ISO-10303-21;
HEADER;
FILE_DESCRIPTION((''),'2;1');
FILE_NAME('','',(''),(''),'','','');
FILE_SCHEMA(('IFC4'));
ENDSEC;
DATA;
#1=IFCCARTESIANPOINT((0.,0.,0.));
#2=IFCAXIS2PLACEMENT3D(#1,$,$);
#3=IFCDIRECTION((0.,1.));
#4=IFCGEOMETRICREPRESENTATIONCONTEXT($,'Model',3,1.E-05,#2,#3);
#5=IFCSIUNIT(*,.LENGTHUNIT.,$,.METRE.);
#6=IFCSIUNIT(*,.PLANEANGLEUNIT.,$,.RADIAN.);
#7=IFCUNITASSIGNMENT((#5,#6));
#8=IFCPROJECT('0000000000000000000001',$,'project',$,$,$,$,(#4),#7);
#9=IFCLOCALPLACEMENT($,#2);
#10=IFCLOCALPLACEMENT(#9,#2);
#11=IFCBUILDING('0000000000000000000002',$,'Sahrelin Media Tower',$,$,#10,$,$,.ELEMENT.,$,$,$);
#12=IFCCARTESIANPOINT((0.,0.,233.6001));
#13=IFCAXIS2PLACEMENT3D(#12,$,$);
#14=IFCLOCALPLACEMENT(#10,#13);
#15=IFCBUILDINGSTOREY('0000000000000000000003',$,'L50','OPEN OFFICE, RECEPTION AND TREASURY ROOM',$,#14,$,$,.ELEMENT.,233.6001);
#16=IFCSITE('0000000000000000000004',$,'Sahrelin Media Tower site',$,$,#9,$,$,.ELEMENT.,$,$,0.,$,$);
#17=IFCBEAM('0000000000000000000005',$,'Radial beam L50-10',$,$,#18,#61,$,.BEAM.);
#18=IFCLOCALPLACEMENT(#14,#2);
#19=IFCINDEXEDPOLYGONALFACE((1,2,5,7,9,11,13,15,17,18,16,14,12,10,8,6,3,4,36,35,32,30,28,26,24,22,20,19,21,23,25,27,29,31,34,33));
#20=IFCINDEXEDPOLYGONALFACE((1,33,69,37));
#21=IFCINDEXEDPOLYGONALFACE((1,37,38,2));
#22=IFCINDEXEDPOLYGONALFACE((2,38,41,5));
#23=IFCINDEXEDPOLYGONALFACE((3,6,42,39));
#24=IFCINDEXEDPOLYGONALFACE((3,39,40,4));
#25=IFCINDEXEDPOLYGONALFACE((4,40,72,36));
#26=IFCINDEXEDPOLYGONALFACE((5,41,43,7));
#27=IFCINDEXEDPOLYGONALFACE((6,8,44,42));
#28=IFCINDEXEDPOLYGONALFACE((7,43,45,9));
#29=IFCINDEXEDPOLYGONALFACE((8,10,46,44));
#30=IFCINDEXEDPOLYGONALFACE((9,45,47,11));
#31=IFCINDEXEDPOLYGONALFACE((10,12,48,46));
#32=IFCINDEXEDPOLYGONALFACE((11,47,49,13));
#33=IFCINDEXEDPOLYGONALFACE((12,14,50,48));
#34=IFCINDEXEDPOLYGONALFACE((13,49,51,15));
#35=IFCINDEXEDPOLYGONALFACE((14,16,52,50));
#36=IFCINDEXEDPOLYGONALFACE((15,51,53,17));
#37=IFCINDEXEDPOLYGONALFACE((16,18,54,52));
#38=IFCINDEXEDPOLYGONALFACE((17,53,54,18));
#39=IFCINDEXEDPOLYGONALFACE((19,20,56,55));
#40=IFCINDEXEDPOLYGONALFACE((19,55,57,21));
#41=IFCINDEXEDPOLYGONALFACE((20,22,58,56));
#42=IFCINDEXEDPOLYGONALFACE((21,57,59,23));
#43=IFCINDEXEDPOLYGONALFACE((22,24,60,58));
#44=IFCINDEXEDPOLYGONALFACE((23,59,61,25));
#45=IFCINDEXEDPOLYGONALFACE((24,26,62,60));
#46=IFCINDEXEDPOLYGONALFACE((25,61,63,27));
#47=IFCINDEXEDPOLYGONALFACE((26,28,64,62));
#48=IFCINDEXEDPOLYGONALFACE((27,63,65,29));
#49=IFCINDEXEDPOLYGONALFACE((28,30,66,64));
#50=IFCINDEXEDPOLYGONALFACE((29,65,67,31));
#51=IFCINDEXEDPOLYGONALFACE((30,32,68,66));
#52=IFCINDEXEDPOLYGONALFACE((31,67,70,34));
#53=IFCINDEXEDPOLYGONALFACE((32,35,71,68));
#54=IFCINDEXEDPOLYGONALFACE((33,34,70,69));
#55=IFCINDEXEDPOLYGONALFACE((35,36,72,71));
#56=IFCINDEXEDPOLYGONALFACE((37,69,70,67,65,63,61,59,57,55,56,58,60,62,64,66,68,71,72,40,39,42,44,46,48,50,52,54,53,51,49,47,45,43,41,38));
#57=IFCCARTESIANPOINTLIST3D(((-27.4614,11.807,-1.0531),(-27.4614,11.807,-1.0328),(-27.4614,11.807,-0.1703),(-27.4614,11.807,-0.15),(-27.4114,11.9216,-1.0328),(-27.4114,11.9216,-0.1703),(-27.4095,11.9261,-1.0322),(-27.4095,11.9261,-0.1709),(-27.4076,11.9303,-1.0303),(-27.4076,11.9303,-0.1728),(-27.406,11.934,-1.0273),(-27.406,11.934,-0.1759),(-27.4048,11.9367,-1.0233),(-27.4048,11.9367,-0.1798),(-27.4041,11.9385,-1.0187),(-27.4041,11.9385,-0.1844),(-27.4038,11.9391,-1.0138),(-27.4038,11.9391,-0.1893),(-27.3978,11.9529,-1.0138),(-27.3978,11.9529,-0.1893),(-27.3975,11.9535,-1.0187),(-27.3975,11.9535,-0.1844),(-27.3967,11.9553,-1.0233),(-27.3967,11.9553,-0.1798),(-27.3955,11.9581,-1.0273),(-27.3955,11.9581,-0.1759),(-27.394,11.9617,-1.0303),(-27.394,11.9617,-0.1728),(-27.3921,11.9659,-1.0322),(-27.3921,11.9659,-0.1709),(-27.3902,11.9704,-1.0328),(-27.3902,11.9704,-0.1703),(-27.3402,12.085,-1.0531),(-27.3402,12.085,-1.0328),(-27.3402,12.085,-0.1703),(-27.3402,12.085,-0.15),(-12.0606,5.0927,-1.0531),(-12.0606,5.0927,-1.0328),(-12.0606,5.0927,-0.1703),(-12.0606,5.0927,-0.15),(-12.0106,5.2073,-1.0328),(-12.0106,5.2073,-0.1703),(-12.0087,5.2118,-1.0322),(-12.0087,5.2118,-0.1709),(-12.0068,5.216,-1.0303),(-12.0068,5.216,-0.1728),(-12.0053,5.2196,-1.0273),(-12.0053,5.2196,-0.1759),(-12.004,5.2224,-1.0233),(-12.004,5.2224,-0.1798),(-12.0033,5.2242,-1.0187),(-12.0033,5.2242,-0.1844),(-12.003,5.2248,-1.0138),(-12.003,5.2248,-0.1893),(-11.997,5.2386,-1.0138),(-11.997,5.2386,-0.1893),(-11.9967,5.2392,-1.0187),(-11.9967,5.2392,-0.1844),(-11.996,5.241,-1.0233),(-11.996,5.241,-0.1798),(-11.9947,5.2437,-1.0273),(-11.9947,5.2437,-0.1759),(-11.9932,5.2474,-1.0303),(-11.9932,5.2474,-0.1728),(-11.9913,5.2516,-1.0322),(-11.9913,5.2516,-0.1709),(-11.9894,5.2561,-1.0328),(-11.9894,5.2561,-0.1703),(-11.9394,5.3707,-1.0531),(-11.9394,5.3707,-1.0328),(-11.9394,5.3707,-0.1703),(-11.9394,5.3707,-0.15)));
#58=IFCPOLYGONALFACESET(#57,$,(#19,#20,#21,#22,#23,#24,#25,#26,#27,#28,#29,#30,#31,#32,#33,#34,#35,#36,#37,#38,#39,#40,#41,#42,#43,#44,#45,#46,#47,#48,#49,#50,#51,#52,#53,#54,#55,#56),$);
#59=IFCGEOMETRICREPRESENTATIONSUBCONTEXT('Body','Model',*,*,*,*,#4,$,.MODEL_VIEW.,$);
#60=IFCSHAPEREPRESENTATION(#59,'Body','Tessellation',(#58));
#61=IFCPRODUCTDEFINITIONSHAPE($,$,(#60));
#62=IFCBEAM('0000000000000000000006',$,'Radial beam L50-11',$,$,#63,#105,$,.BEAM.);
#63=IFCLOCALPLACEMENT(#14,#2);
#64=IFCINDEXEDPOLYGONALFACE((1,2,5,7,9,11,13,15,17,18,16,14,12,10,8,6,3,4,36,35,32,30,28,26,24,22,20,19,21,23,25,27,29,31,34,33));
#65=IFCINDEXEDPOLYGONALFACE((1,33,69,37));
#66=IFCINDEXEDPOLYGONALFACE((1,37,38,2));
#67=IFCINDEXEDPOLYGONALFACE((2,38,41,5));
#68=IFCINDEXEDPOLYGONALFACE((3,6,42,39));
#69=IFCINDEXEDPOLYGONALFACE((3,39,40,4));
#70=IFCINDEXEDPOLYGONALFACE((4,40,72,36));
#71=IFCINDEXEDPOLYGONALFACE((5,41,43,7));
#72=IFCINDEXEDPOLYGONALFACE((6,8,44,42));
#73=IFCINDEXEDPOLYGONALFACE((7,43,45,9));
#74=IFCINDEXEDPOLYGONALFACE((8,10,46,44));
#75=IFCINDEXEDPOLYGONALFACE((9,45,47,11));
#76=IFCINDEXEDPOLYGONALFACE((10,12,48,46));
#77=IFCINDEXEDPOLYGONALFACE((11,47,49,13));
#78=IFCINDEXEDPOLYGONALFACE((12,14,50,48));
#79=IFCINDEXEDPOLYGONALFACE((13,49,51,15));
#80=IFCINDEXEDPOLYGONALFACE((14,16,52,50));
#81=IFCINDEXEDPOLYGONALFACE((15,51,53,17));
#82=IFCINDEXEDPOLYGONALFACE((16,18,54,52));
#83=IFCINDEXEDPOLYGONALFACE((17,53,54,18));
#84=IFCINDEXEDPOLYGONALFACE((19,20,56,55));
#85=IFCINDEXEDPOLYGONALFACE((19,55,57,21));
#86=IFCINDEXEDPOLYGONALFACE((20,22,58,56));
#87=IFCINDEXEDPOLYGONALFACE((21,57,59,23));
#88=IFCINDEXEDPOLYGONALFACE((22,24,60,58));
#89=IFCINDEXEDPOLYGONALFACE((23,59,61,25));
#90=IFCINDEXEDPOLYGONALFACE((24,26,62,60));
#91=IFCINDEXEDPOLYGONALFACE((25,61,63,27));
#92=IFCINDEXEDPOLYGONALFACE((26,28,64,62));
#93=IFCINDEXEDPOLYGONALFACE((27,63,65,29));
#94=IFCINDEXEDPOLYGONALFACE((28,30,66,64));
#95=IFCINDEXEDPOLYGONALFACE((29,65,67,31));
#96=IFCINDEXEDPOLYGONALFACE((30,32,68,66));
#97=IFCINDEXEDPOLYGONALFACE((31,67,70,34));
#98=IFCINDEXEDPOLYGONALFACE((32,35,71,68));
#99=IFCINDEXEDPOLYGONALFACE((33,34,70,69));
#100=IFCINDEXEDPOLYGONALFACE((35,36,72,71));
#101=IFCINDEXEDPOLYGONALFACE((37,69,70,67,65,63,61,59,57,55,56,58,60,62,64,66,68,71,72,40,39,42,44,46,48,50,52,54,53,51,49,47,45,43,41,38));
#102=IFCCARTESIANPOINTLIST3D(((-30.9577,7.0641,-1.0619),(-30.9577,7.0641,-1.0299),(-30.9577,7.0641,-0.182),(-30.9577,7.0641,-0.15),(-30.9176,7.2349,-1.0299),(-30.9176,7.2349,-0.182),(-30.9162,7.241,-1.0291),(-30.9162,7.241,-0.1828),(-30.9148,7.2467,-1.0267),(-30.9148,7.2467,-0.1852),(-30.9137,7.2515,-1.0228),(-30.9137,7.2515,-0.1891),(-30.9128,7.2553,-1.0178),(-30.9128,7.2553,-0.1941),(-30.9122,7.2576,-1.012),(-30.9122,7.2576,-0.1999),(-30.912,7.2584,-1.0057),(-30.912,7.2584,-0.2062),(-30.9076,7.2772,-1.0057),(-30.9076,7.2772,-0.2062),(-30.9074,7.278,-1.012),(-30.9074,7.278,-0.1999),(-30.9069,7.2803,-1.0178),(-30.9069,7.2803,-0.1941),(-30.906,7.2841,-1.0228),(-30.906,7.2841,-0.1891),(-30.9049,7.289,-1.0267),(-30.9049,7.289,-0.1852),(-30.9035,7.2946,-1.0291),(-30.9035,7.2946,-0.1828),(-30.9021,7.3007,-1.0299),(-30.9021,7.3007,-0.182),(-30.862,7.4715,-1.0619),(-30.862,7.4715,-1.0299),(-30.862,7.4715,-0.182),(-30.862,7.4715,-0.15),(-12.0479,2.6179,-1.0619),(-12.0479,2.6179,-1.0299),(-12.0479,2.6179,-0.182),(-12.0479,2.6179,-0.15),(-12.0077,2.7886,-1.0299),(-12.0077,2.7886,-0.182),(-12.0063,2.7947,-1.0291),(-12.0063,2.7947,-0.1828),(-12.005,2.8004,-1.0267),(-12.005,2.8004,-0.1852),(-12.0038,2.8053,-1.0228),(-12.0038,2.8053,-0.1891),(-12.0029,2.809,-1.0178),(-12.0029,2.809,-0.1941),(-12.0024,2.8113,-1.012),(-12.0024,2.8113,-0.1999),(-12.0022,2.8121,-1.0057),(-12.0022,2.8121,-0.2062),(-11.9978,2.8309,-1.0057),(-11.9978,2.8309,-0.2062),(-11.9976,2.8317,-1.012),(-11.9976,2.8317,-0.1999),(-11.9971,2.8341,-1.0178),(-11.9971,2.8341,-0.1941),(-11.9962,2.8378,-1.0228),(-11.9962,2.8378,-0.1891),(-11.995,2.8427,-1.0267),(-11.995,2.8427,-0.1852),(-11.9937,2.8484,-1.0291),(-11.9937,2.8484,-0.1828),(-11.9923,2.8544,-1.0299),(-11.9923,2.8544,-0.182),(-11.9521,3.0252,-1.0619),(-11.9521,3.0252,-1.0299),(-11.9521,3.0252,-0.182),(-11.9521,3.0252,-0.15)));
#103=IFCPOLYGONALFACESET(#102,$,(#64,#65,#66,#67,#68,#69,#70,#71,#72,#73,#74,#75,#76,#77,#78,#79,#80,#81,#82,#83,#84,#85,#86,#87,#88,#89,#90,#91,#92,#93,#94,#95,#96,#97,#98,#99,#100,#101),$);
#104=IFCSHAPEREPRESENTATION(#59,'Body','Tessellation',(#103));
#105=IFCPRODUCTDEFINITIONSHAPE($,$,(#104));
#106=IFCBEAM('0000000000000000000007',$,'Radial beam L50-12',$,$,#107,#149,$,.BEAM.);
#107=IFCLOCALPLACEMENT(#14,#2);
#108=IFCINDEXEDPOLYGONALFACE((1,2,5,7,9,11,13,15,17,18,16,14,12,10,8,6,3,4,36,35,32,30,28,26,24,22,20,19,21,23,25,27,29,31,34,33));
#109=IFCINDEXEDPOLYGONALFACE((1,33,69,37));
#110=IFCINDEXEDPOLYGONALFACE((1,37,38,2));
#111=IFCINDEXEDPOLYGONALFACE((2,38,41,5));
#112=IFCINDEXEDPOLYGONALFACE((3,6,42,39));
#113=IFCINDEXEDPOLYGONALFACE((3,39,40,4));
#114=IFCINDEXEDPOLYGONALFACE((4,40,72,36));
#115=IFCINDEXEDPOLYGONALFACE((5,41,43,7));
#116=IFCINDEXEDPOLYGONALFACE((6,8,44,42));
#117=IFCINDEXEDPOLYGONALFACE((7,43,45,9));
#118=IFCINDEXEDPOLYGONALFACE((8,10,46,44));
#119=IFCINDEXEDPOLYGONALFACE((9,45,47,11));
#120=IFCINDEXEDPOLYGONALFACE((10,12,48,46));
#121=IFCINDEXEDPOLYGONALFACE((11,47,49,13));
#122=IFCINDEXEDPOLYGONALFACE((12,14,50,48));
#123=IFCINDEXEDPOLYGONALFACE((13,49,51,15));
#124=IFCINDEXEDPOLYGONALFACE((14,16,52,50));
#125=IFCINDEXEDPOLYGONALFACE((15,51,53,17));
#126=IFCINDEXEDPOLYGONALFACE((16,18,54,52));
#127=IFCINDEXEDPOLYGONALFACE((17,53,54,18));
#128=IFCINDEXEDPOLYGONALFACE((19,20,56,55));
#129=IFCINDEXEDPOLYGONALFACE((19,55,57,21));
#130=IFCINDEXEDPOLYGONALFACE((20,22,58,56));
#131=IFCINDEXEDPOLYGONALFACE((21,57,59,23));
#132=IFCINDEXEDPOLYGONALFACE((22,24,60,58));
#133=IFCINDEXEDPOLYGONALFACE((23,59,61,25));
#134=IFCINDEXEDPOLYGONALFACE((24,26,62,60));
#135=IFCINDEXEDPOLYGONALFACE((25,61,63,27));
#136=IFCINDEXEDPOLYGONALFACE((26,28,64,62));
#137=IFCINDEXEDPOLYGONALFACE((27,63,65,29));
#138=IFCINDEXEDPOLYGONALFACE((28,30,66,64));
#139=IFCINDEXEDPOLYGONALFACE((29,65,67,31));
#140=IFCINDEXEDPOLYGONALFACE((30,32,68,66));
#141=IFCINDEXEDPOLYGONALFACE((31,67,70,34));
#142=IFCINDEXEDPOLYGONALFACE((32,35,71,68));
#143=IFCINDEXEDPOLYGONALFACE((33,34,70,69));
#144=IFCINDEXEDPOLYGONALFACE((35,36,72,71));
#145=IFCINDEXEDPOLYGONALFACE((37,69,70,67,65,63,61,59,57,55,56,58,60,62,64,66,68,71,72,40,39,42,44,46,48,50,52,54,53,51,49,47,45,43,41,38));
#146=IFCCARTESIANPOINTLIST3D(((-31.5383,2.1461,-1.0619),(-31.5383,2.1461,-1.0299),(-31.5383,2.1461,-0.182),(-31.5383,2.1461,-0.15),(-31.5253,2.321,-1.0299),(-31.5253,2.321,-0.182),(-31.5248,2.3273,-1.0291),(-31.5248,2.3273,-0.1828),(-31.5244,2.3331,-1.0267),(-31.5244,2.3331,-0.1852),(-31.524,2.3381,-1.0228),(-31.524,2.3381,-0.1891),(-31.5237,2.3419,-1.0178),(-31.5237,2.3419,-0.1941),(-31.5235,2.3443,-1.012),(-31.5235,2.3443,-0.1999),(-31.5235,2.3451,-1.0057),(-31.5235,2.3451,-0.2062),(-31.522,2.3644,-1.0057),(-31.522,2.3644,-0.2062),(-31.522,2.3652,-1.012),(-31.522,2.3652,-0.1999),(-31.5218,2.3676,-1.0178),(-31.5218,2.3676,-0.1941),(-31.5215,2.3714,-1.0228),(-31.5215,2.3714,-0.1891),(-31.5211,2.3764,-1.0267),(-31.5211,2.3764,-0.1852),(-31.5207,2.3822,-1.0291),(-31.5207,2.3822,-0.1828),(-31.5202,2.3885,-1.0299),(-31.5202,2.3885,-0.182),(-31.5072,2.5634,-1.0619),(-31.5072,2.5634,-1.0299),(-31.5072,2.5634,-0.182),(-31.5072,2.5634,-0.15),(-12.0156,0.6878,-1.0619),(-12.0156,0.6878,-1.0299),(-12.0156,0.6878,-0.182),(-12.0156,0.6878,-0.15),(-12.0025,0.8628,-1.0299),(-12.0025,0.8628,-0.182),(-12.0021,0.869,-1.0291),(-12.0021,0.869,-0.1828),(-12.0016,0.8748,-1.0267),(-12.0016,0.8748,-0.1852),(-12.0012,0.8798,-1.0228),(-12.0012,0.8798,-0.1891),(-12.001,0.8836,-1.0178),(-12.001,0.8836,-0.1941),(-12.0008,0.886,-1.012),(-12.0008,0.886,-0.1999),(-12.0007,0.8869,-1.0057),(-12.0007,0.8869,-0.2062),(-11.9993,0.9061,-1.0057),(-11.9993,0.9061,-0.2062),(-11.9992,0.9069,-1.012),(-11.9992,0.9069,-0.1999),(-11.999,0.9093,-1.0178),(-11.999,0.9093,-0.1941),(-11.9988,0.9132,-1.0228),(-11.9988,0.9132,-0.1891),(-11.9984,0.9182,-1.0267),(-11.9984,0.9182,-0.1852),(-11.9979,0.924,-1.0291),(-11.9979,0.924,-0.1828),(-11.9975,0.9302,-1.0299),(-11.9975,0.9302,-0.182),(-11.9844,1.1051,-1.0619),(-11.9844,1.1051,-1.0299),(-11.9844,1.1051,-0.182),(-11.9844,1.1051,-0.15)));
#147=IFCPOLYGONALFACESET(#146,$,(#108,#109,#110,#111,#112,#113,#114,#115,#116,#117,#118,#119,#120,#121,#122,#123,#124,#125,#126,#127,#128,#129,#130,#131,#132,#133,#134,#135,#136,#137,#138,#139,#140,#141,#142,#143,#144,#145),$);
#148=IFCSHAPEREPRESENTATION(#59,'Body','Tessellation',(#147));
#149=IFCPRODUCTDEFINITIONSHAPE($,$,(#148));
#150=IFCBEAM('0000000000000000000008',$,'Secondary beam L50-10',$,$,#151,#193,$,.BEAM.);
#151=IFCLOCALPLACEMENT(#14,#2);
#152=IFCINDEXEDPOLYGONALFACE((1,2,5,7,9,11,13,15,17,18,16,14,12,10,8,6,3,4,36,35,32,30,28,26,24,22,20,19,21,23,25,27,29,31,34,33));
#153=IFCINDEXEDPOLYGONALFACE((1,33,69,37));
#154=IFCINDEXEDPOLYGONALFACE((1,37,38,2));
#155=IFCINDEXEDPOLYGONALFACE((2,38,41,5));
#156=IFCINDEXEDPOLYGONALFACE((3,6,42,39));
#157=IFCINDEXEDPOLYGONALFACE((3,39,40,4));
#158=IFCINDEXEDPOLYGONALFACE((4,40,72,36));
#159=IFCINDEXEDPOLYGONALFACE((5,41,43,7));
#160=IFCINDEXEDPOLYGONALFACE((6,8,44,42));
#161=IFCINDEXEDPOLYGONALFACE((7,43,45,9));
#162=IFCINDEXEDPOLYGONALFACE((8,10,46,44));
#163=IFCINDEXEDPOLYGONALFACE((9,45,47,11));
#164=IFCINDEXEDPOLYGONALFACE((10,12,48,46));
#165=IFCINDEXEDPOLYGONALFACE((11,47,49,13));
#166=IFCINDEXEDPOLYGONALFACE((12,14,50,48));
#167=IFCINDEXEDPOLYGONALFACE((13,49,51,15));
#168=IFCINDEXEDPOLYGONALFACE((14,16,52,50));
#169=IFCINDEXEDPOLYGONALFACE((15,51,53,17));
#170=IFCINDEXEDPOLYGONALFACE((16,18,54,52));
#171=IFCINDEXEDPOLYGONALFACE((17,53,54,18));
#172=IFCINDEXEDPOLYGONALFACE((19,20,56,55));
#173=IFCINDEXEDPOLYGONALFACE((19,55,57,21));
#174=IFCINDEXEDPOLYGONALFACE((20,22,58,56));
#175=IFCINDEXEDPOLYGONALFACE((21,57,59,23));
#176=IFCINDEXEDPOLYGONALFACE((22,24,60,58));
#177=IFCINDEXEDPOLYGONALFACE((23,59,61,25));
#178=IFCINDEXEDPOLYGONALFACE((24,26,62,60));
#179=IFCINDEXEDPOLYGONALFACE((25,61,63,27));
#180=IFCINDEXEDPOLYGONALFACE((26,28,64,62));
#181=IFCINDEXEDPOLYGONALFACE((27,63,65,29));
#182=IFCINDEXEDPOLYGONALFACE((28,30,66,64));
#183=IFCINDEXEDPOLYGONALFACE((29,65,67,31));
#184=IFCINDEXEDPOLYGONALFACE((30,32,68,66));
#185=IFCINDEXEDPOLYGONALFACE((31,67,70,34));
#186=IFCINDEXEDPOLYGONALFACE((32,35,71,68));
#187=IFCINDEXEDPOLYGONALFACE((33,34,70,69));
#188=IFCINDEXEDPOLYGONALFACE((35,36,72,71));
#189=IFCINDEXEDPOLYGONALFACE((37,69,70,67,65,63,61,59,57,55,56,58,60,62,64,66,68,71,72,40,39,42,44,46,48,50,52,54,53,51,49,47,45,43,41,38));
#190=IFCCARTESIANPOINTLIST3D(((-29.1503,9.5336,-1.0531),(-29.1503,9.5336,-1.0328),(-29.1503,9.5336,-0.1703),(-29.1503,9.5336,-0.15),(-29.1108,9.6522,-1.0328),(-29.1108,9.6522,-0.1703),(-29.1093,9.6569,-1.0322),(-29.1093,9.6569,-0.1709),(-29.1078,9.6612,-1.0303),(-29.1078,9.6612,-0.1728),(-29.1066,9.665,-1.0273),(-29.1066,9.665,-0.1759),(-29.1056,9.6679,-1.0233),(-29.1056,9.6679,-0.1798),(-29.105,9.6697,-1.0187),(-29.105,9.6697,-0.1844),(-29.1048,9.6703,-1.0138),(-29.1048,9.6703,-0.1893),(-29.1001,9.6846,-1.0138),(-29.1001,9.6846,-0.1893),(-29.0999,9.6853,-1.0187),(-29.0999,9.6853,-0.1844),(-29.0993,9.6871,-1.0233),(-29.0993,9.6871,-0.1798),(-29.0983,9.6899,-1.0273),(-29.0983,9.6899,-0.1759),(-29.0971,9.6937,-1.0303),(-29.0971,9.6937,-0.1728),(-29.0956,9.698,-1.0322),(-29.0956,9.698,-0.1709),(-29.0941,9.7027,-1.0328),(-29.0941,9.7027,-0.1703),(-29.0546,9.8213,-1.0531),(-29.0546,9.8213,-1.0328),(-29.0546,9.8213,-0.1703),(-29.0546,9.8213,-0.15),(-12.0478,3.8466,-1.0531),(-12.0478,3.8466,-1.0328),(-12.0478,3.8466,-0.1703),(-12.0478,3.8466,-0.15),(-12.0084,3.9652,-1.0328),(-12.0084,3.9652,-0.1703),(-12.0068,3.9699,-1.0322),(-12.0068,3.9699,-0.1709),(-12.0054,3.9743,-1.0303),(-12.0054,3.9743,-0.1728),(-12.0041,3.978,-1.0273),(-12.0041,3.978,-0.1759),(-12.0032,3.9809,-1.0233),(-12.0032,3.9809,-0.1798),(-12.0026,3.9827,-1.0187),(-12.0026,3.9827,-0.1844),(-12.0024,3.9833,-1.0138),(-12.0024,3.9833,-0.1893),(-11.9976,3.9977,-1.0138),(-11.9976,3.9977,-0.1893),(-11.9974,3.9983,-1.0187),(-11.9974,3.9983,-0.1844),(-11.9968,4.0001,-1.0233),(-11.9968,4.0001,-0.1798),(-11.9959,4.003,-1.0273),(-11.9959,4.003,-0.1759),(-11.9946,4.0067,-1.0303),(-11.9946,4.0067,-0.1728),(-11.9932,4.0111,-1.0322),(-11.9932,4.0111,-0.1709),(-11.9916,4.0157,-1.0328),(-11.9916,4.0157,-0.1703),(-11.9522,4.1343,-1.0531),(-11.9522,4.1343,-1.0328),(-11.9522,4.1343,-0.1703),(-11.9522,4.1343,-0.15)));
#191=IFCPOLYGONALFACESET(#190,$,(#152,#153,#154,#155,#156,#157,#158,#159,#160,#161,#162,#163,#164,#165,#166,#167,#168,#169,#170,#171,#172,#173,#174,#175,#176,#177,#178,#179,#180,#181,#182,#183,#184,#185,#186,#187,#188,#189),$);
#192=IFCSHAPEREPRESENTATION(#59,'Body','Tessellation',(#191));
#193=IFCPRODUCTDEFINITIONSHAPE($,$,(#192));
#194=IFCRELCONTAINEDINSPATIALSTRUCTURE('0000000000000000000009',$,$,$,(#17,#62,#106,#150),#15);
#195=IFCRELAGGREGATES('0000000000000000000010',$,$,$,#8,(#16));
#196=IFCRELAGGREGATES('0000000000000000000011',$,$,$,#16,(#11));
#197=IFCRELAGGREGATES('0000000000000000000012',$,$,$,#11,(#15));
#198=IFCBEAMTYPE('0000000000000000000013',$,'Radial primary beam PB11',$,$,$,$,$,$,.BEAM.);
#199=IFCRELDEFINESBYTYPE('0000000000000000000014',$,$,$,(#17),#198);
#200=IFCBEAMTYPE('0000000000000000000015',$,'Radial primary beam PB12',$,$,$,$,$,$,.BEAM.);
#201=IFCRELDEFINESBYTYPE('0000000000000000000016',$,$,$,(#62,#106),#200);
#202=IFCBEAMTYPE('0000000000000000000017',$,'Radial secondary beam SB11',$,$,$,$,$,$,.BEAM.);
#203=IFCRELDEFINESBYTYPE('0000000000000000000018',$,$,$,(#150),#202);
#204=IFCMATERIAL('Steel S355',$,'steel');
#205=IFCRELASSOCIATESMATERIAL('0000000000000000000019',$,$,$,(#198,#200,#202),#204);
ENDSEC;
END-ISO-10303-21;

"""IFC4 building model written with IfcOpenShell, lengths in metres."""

from ifc_helpers import new_model, si_unit, direction, frame, origin, origin_2d, place, context, subcontext, project, spatial, i_section, extrude, material, material_profile, profile_set, type_object, element, save


model = new_model("IFC4")

# Units and contexts
model_context = context("Model", 3, precision=1e-05, world=origin(), true_north=direction((0.0, 1.0)))
body_context = subcontext(model_context, "Body", "Model", "MODEL_VIEW")
ifc_project = project(units=[si_unit("LENGTHUNIT", "METRE"), si_unit("PLANEANGLEUNIT", "RADIAN")], contexts=[model_context])

# Site, building, storey
site_placement = place(None, origin())
site = spatial("IfcSite", under=ifc_project, at=site_placement, Name="Sahrelin Media Tower site", CompositionType="ELEMENT", RefElevation=0.0)
building_placement = place(site_placement, origin())
building = spatial("IfcBuilding", under=site, at=building_placement, Name="Sahrelin Media Tower", CompositionType="ELEMENT")
storey_placement = place(building_placement, frame((0.0, 0.0, 233.6001)))
storey = spatial("IfcBuildingStorey", under=building, at=storey_placement, Name="L50", Description="OPEN OFFICE, RECEPTION AND TREASURY ROOM", CompositionType="ELEMENT", Elevation=233.6001)

# Beams
ifc_material_1 = material(Name="Steel S355", Category="steel")
ifc_material_profile_1 = material_profile(ifc_material_1, i_section(OverallWidth=0.3032, OverallDepth=0.9031, WebThickness=0.0151, FlangeThickness=0.0203, FilletRadius=0.019, at=origin_2d()), Name="UB 914x305x201")
ifc_profile_set_1 = profile_set([ifc_material_profile_1], Name="Steel S355")
beam_type_1 = type_object("IfcBeamType", Name="Radial primary beam PB11", PredefinedType="BEAM", material=ifc_profile_set_1)
beam_1_placement = place(storey_placement, frame((-12.0, 5.2317, -0.6016), z_axis=(-0.916671, 0.399643, 0.0), x_axis=(-0.399643, -0.916671, 0.0)))
element("IfcBeam", 1, at=beam_1_placement, inside=storey, type_object=beam_type_1, Name="Radial beam L50-10", PredefinedType="BEAM", context=body_context, shape_type="SweptSolid", body=[
    extrude(i_section(OverallWidth=0.3032, OverallDepth=0.9031, WebThickness=0.0151, FlangeThickness=0.0203, FilletRadius=0.019, at=origin_2d()), origin(), (0.0, 0.0, 1.0), 16.8008),
])
ifc_material_profile_2 = material_profile(ifc_material_1, i_section(OverallWidth=0.4185, OverallDepth=0.9119, WebThickness=0.0193, FlangeThickness=0.032, FilletRadius=0.0242, at=origin_2d()), Name="UB 914x419x343")
ifc_profile_set_2 = profile_set([ifc_material_profile_2], Name="Steel S355")
beam_type_2 = type_object("IfcBeamType", Name="Radial primary beam PB12", PredefinedType="BEAM", material=ifc_profile_set_2)
beam_2_placement = place(storey_placement, frame((-12.0, 2.8215, -0.606), z_axis=(-0.973453, 0.228888, 0.0), x_axis=(-0.228888, -0.973453, 0.0)))
element("IfcBeam", 2, at=beam_2_placement, inside=storey, type_object=beam_type_2, Name="Radial beam L50-11", PredefinedType="BEAM", context=body_context, shape_type="SweptSolid", body=[
    extrude(i_section(OverallWidth=0.4185, OverallDepth=0.9119, WebThickness=0.0193, FlangeThickness=0.032, FilletRadius=0.0242, at=origin_2d()), origin(), (0.0, 0.0, 1.0), 19.4255),
])
beam_3_placement = place(storey_placement, frame((-12.0, 0.8965, -0.606), z_axis=(-0.997222, 0.074488, 0.0), x_axis=(-0.074488, -0.997222, 0.0)))
element("IfcBeam", 3, at=beam_3_placement, inside=storey, type_object=beam_type_2, Name="Radial beam L50-12", PredefinedType="BEAM", context=body_context, shape_type="SweptSolid", body=[
    extrude(i_section(OverallWidth=0.4185, OverallDepth=0.9119, WebThickness=0.0193, FlangeThickness=0.032, FilletRadius=0.0242, at=origin_2d()), origin(), (0.0, 0.0, 1.0), 19.5771),
])
ifc_material_profile_3 = material_profile(ifc_material_1, i_section(OverallWidth=0.3032, OverallDepth=0.9031, WebThickness=0.0151, FlangeThickness=0.0203, FilletRadius=0.019, at=origin_2d()), Name="UB 914x305x201")
ifc_profile_set_3 = profile_set([ifc_material_profile_3], Name="Steel S355")
beam_type_3 = type_object("IfcBeamType", Name="Radial secondary beam SB11", PredefinedType="BEAM", material=ifc_profile_set_3)
beam_4_placement = place(storey_placement, frame((-12.0, 3.9905, -0.6016), z_axis=(-0.948913, 0.315537, 0.0), x_axis=(-0.315537, -0.948913, 0.0)))
element("IfcBeam", 4, at=beam_4_placement, inside=storey, type_object=beam_type_3, Name="Secondary beam L50-10", PredefinedType="BEAM", context=body_context, shape_type="SweptSolid", body=[
    extrude(i_section(OverallWidth=0.3032, OverallDepth=0.9031, WebThickness=0.0151, FlangeThickness=0.0203, FilletRadius=0.019, at=origin_2d()), origin(), (0.0, 0.0, 1.0), 18.0232),
])

save(model, "model.ifc")
